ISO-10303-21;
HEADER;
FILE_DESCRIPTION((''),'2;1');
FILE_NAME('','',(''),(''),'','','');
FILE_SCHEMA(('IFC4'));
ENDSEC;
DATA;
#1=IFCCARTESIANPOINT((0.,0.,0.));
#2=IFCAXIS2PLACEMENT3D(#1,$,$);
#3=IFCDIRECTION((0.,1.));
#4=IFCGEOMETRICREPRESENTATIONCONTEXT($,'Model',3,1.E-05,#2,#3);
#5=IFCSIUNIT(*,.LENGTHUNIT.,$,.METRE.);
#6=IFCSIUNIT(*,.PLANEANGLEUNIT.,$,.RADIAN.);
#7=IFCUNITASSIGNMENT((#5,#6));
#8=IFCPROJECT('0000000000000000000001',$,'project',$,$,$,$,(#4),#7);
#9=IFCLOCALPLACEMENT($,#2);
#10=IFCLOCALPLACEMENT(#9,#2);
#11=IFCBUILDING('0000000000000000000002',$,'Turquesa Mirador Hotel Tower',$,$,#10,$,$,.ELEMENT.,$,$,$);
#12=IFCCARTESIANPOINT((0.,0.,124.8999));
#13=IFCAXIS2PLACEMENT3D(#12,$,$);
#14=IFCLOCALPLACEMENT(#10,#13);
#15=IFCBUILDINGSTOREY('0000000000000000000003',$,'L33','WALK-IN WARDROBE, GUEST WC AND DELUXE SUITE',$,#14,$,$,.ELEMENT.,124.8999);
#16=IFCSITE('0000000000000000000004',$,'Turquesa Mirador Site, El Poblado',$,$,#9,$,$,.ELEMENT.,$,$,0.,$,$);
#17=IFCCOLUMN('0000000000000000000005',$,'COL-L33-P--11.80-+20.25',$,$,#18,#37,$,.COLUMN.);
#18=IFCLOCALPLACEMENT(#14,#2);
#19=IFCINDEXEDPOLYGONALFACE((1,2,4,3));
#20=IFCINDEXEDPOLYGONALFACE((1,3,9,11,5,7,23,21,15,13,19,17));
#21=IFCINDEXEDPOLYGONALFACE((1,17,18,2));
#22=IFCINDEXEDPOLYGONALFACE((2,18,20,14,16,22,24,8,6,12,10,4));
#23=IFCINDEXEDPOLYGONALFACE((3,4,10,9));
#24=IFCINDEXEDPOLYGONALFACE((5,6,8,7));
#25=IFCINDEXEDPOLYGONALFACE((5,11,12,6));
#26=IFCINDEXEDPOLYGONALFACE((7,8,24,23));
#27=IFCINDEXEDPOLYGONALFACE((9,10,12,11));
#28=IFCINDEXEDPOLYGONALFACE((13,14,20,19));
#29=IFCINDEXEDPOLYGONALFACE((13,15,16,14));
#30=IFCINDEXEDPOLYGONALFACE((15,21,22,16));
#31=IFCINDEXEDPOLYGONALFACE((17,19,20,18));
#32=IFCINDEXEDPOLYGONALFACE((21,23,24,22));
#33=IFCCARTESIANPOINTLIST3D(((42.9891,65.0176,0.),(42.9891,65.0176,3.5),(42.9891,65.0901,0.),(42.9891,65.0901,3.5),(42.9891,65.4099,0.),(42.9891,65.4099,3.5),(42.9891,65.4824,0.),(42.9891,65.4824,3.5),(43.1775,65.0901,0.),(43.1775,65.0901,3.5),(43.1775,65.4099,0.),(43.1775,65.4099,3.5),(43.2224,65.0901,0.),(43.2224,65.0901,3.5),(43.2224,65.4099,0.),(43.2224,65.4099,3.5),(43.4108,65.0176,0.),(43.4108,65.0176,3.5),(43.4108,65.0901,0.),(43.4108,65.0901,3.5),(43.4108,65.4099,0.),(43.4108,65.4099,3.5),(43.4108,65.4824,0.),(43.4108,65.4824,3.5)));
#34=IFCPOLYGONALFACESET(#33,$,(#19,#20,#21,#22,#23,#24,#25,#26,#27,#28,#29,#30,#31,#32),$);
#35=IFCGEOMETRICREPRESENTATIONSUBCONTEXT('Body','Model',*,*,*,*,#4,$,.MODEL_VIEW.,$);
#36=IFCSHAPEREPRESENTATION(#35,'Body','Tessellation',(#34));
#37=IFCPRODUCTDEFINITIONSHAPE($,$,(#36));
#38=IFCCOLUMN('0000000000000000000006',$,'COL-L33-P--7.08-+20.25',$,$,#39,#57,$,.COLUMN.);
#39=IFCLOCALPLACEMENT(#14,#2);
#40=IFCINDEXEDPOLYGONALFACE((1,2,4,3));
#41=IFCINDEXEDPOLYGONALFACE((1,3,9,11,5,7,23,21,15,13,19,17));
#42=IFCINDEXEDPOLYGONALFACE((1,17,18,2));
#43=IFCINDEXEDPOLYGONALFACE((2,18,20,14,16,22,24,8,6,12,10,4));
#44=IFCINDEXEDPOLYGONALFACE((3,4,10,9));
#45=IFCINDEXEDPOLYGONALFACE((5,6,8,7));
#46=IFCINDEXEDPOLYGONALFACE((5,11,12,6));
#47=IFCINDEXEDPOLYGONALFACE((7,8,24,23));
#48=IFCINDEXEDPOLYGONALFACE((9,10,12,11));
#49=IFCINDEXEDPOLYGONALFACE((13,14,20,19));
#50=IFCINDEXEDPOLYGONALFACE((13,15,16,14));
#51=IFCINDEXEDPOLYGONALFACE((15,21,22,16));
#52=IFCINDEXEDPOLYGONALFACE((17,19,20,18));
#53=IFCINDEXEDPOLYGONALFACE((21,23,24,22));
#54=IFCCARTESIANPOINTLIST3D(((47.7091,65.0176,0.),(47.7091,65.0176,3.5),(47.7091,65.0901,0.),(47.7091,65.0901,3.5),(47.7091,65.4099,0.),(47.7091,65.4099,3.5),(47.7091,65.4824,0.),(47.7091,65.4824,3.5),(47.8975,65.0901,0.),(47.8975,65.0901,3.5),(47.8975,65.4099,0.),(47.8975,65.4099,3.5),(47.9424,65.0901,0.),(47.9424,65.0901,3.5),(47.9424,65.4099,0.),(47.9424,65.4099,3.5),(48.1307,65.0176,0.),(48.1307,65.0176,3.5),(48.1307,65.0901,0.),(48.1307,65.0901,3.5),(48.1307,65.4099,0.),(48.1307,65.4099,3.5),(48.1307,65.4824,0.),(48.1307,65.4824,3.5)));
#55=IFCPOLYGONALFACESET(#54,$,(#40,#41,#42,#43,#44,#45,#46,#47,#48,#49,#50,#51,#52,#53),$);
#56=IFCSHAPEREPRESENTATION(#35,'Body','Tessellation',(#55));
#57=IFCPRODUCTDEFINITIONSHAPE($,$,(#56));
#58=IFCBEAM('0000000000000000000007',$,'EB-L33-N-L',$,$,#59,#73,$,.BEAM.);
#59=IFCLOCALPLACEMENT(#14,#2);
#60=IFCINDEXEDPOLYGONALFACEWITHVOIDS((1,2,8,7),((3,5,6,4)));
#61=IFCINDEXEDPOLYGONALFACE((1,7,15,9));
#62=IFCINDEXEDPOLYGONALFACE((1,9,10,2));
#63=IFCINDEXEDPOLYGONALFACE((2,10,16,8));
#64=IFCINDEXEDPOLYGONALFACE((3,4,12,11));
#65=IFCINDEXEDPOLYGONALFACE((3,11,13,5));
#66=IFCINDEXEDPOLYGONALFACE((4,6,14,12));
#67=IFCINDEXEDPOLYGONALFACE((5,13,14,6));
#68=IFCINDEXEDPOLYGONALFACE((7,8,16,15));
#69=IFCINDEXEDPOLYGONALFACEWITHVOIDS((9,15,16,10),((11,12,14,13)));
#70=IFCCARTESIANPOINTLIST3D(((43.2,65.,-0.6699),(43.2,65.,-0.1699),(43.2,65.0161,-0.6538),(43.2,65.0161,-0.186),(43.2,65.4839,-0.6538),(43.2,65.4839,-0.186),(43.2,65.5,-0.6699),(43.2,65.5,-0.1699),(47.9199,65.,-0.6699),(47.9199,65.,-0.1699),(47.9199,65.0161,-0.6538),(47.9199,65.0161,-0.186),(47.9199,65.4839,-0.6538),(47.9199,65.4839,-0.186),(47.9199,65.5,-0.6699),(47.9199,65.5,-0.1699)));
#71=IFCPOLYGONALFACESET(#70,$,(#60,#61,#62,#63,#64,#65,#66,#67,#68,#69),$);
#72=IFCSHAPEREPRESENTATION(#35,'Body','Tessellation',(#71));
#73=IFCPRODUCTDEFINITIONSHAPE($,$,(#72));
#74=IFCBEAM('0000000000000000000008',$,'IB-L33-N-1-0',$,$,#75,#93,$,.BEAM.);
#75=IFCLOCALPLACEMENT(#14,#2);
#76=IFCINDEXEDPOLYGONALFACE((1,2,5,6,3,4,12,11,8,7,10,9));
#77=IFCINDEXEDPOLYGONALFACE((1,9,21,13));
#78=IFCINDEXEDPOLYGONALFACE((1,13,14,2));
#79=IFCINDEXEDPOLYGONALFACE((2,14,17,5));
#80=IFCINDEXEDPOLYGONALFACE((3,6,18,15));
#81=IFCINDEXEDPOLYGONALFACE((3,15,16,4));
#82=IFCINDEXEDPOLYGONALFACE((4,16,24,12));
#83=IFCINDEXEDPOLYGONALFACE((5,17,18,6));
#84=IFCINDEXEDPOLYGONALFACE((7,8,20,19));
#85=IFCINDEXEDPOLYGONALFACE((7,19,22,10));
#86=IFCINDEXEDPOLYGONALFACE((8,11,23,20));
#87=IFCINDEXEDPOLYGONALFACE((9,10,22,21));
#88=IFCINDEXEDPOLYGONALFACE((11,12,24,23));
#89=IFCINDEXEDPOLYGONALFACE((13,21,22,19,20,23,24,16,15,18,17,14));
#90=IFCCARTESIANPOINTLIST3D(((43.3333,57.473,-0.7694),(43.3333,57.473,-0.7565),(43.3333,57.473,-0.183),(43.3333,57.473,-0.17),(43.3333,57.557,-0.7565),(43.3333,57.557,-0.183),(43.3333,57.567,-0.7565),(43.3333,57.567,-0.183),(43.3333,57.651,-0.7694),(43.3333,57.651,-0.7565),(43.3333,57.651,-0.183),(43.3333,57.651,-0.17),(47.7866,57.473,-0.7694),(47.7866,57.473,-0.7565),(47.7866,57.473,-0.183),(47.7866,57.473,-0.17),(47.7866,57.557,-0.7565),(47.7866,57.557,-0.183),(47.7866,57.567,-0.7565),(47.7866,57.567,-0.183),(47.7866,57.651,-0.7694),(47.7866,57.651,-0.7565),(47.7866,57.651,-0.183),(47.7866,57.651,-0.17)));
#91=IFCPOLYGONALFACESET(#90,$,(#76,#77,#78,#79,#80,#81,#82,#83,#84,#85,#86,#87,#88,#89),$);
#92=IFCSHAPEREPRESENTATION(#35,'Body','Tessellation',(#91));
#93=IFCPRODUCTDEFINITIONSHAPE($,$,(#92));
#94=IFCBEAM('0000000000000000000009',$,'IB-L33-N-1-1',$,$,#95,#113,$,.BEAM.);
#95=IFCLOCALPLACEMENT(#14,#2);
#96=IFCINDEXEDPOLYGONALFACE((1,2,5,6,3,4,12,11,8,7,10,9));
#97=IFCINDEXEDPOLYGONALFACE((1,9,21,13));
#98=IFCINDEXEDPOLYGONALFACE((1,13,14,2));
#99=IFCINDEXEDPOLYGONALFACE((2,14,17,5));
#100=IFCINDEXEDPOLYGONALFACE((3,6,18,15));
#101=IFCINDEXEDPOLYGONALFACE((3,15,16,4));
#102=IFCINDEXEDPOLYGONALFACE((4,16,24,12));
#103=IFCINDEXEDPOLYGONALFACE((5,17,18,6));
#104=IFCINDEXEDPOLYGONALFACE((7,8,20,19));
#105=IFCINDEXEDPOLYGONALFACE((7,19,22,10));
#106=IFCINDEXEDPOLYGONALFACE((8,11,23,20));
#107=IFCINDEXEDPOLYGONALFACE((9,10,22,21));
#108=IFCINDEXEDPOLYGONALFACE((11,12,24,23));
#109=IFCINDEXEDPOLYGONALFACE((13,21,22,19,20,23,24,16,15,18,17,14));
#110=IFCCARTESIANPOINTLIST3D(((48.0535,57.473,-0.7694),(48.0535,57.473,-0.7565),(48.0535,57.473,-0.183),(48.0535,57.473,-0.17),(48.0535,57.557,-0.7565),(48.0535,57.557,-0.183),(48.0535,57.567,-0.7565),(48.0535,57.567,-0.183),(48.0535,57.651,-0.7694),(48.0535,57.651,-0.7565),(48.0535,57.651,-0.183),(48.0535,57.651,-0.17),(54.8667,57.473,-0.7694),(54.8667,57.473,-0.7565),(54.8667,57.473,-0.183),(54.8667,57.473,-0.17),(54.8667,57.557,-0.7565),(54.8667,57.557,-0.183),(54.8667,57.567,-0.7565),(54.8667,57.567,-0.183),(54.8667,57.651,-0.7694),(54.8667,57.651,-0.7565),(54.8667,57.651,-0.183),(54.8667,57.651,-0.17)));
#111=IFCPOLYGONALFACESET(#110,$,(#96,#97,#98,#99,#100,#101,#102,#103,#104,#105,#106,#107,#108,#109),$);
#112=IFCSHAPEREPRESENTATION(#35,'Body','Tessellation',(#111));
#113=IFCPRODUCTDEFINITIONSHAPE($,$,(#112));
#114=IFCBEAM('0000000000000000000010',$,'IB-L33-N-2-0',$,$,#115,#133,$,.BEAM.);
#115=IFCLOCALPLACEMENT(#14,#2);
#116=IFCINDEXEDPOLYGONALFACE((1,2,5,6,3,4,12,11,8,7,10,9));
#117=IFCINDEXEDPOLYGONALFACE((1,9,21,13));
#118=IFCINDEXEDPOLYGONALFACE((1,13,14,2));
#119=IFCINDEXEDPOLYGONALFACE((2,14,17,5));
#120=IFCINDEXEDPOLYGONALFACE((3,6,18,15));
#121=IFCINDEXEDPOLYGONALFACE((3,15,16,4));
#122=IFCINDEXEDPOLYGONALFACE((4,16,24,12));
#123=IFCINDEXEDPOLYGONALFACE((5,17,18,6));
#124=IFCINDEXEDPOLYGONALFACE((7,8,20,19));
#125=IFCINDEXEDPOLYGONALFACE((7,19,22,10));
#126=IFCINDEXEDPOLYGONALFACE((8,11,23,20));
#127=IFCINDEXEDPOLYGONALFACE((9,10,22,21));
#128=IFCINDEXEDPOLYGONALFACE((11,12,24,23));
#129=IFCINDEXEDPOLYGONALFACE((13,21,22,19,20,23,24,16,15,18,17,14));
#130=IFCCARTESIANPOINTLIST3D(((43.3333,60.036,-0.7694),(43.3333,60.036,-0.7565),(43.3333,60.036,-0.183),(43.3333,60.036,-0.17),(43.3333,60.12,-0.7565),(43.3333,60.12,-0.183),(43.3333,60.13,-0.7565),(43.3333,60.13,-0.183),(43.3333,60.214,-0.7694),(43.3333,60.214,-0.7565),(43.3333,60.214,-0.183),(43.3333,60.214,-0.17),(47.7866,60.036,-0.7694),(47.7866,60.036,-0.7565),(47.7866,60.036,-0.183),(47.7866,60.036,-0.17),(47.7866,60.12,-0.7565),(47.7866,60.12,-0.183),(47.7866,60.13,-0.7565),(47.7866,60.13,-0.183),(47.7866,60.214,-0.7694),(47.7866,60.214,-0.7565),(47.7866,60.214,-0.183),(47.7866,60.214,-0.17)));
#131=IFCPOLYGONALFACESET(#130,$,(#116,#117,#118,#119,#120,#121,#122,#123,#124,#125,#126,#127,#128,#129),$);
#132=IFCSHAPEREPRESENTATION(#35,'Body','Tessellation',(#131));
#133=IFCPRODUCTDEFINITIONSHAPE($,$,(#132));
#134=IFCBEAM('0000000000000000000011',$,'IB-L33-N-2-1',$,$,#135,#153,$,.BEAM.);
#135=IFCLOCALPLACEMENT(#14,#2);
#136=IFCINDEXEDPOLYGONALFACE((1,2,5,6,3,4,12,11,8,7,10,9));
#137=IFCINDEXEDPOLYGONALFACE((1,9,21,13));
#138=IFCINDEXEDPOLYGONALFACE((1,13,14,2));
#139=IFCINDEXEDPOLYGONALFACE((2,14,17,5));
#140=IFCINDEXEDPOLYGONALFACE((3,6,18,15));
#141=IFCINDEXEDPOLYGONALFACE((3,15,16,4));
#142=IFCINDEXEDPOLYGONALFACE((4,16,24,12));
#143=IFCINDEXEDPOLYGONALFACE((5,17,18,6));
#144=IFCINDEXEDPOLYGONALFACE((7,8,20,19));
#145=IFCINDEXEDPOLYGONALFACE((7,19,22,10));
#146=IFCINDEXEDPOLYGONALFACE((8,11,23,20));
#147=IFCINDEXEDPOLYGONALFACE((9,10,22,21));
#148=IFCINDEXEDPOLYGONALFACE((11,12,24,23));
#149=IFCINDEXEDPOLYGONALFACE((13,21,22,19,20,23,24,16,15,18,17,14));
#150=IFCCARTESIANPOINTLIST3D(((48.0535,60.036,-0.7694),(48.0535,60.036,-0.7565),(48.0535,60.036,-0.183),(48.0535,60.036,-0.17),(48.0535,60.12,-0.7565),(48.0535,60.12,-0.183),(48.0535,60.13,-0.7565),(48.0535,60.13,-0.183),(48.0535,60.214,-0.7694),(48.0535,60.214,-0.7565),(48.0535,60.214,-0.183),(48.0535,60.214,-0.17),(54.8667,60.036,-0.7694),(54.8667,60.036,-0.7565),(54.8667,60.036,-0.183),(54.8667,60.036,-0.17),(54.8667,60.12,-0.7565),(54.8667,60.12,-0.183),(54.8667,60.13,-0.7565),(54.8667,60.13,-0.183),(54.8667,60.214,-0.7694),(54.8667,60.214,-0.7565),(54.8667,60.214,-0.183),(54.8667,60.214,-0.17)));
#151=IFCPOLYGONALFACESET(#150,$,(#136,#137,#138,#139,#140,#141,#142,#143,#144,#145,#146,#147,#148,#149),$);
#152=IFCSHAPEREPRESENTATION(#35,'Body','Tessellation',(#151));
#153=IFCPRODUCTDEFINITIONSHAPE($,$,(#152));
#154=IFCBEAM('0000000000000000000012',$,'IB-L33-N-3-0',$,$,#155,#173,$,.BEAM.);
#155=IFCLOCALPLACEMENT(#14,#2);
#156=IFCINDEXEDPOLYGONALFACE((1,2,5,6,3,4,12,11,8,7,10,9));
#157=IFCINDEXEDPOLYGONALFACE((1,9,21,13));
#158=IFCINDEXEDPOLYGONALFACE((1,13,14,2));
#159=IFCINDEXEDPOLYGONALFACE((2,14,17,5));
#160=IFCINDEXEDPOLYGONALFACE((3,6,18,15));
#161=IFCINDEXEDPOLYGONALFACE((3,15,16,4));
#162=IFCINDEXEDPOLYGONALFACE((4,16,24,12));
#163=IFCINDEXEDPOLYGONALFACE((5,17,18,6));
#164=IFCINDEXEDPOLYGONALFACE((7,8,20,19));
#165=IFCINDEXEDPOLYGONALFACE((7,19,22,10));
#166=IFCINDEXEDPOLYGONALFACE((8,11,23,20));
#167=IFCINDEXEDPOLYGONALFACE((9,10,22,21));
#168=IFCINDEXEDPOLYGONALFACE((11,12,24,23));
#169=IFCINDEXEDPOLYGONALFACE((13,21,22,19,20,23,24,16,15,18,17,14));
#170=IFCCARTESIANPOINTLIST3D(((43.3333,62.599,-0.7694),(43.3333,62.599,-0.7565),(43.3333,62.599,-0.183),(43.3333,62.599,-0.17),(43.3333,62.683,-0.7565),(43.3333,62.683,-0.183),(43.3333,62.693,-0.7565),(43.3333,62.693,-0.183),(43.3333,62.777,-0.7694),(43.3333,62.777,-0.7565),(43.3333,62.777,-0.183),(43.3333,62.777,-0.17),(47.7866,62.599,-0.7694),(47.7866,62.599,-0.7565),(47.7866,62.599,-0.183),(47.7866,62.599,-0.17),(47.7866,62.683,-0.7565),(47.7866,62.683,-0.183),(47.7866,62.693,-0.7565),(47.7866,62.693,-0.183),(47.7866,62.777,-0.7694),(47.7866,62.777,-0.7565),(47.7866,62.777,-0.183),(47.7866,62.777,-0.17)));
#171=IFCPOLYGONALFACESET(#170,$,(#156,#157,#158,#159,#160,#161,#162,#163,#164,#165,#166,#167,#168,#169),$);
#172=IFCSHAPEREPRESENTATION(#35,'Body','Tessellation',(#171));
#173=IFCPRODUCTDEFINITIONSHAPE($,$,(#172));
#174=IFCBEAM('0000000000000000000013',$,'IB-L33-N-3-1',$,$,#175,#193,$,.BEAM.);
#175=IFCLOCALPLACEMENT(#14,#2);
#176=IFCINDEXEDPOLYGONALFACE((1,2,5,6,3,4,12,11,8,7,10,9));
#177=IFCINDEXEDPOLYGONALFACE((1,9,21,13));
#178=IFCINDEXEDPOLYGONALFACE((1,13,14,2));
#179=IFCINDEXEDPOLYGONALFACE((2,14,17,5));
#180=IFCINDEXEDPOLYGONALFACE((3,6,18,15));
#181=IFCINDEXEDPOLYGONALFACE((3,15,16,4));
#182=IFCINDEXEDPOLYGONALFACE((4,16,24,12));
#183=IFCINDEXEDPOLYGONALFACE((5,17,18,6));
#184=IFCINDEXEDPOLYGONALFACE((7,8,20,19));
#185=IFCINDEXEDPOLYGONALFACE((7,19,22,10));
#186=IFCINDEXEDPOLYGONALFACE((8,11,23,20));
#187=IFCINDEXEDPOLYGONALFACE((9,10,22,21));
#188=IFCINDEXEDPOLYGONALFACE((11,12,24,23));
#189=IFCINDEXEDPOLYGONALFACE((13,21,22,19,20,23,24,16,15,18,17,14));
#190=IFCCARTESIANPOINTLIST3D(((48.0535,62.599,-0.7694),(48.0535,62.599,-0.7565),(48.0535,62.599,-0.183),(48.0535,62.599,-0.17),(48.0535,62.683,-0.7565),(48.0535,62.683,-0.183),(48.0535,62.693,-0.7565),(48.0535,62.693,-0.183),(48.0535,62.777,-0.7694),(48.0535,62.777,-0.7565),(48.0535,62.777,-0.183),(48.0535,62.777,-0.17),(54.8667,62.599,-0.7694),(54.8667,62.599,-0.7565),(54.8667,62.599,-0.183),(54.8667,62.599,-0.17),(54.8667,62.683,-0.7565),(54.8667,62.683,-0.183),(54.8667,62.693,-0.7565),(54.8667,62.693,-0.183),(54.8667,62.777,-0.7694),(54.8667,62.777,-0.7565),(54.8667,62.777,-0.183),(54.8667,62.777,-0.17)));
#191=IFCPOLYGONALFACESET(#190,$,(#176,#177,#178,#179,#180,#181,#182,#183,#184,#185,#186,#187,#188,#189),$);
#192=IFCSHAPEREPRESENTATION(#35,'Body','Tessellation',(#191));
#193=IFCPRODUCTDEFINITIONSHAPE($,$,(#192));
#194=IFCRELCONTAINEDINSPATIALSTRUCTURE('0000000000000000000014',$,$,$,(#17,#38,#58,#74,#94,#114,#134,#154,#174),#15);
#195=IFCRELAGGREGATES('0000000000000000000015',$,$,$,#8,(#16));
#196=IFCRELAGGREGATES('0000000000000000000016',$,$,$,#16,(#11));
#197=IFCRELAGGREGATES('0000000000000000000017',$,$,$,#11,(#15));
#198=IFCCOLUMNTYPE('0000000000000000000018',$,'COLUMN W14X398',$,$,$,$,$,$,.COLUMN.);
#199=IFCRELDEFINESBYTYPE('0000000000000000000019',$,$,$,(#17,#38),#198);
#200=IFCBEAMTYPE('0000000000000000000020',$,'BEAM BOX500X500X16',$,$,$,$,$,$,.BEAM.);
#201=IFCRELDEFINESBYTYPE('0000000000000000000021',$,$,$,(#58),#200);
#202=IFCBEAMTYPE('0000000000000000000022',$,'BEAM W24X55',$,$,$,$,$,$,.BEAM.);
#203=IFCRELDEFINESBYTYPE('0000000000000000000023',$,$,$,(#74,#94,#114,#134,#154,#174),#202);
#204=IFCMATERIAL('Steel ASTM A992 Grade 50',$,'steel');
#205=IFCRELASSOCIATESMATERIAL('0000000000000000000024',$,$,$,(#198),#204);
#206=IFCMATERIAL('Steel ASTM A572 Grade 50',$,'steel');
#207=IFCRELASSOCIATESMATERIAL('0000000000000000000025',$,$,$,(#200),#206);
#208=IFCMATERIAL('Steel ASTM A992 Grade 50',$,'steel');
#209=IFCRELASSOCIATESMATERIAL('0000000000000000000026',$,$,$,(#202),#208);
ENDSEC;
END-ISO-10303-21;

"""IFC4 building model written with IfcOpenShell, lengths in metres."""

from ifc_helpers import new_model, si_unit, direction, frame, origin, origin_2d, place, context, subcontext, project, spatial, hollow_rectangle, i_section, extrude, material, material_profile, profile_set, type_object, element, save


model = new_model("IFC4")

# Units and contexts
model_context = context("Model", 3, precision=1e-05, world=origin(), true_north=direction((0.0, 1.0)))
body_context = subcontext(model_context, "Body", "Model", "MODEL_VIEW")
ifc_project = project(units=[si_unit("LENGTHUNIT", "METRE"), si_unit("PLANEANGLEUNIT", "RADIAN")], contexts=[model_context])

# Site, building, storey
site_placement = place(None, origin())
site = spatial("IfcSite", under=ifc_project, at=site_placement, Name="Turquesa Mirador Site, El Poblado", CompositionType="ELEMENT", RefElevation=0.0)
building_placement = place(site_placement, origin())
building = spatial("IfcBuilding", under=site, at=building_placement, Name="Turquesa Mirador Hotel Tower", CompositionType="ELEMENT")
storey_placement = place(building_placement, frame((0.0, 0.0, 124.8999)))
storey = spatial("IfcBuildingStorey", under=building, at=storey_placement, Name="L33", Description="WALK-IN WARDROBE, GUEST WC AND DELUXE SUITE", CompositionType="ELEMENT", Elevation=124.8999)

# Columns
ifc_material_1 = material(Name="Steel ASTM A992 Grade 50", Category="steel")
ifc_material_profile_1 = material_profile(ifc_material_1, i_section(OverallWidth=0.4216, OverallDepth=0.4648, WebThickness=0.0449, FlangeThickness=0.0725, at=origin_2d()), Name="W14X398")
ifc_profile_set_1 = profile_set([ifc_material_profile_1], Name="Steel ASTM A992 Grade 50")
column_type = type_object("IfcColumnType", Name="COLUMN W14X398", PredefinedType="COLUMN", material=ifc_profile_set_1)
for number, where, z_axis, x_axis, name in (
    (1, (43.2, 65.25, 0.0), (0.0, 0.0, 1.0), (1.0, 0.0, 0.0), "COL-L33-P--11.80-+20.25"),
    (2, (47.9199, 65.25, 0.0), (0.0, 0.0, 1.0), (1.0, 0.0, 0.0), "COL-L33-P--7.08-+20.25"),
):
    element("IfcColumn", number, at=place(storey_placement, frame(where, z_axis=z_axis, x_axis=x_axis)), inside=storey, type_object=column_type, Name=name, PredefinedType="COLUMN", context=body_context, shape_type="SweptSolid", body=[
        extrude(i_section(OverallWidth=0.4216, OverallDepth=0.4648, WebThickness=0.0449, FlangeThickness=0.0725, at=origin_2d()), origin(), (0.0, 0.0, 1.0), 3.5),
    ])

# Beams
ifc_material_2 = material(Name="Steel ASTM A572 Grade 50", Category="steel")
ifc_material_profile_2 = material_profile(ifc_material_2, hollow_rectangle(XDim=0.5, YDim=0.5, WallThickness=0.0161, at=origin_2d()), Name="BOX500X500X16")
ifc_profile_set_2 = profile_set([ifc_material_profile_2], Name="Steel ASTM A572 Grade 50")
beam_type_1 = type_object("IfcBeamType", Name="BEAM BOX500X500X16", PredefinedType="BEAM", material=ifc_profile_set_2)
beam_1_placement = place(storey_placement, frame((43.2, 65.25, -0.4199), z_axis=(1.0, 0.0, 0.0), x_axis=(0.0, 1.0, 0.0)))
element("IfcBeam", 3, at=beam_1_placement, inside=storey, type_object=beam_type_1, Name="EB-L33-N-L", PredefinedType="BEAM", context=body_context, shape_type="SweptSolid", body=[
    extrude(hollow_rectangle(XDim=0.5, YDim=0.5, WallThickness=0.0161, at=origin_2d()), origin(), (0.0, 0.0, 1.0), 4.72),
])
ifc_material_3 = material(Name="Steel ASTM A992 Grade 50", Category="steel")
ifc_material_profile_3 = material_profile(ifc_material_3, i_section(OverallWidth=0.178, OverallDepth=0.5994, WebThickness=0.01, FlangeThickness=0.0129, at=origin_2d()), Name="W24X55")
ifc_profile_set_3 = profile_set([ifc_material_profile_3], Name="Steel ASTM A992 Grade 50")
beam_type_2 = type_object("IfcBeamType", Name="BEAM W24X55", PredefinedType="BEAM", material=ifc_profile_set_3)
beam_2_placement = place(storey_placement, frame((43.3333, 57.562, -0.4697), z_axis=(1.0, 0.0, 0.0), x_axis=(0.0, 1.0, 0.0)))
element("IfcBeam", 4, at=beam_2_placement, inside=storey, type_object=beam_type_2, Name="IB-L33-N-1-0", PredefinedType="BEAM", context=body_context, shape_type="SweptSolid", body=[
    extrude(i_section(OverallWidth=0.178, OverallDepth=0.5994, WebThickness=0.01, FlangeThickness=0.0129, at=origin_2d()), origin(), (0.0, 0.0, 1.0), 4.4534),
])
beam_3_placement = place(storey_placement, frame((48.0535, 57.562, -0.4697), z_axis=(1.0, 0.0, 0.0), x_axis=(0.0, 1.0, 0.0)))
element("IfcBeam", 5, at=beam_3_placement, inside=storey, type_object=beam_type_2, Name="IB-L33-N-1-1", PredefinedType="BEAM", context=body_context, shape_type="SweptSolid", body=[
    extrude(i_section(OverallWidth=0.178, OverallDepth=0.5994, WebThickness=0.01, FlangeThickness=0.0129, at=origin_2d()), origin(), (0.0, 0.0, 1.0), 6.8132),
])
beam_4_placement = place(storey_placement, frame((43.3333, 60.125, -0.4697), z_axis=(1.0, 0.0, 0.0), x_axis=(0.0, 1.0, 0.0)))
element("IfcBeam", 6, at=beam_4_placement, inside=storey, type_object=beam_type_2, Name="IB-L33-N-2-0", PredefinedType="BEAM", context=body_context, shape_type="SweptSolid", body=[
    extrude(i_section(OverallWidth=0.178, OverallDepth=0.5994, WebThickness=0.01, FlangeThickness=0.0129, at=origin_2d()), origin(), (0.0, 0.0, 1.0), 4.4534),
])
beam_5_placement = place(storey_placement, frame((48.0535, 60.125, -0.4697), z_axis=(1.0, 0.0, 0.0), x_axis=(0.0, 1.0, 0.0)))
element("IfcBeam", 7, at=beam_5_placement, inside=storey, type_object=beam_type_2, Name="IB-L33-N-2-1", PredefinedType="BEAM", context=body_context, shape_type="SweptSolid", body=[
    extrude(i_section(OverallWidth=0.178, OverallDepth=0.5994, WebThickness=0.01, FlangeThickness=0.0129, at=origin_2d()), origin(), (0.0, 0.0, 1.0), 6.8132),
])
beam_6_placement = place(storey_placement, frame((43.3333, 62.688, -0.4697), z_axis=(1.0, 0.0, 0.0), x_axis=(0.0, 1.0, 0.0)))
element("IfcBeam", 8, at=beam_6_placement, inside=storey, type_object=beam_type_2, Name="IB-L33-N-3-0", PredefinedType="BEAM", context=body_context, shape_type="SweptSolid", body=[
    extrude(i_section(OverallWidth=0.178, OverallDepth=0.5994, WebThickness=0.01, FlangeThickness=0.0129, at=origin_2d()), origin(), (0.0, 0.0, 1.0), 4.4534),
])
beam_7_placement = place(storey_placement, frame((48.0535, 62.688, -0.4697), z_axis=(1.0, 0.0, 0.0), x_axis=(0.0, 1.0, 0.0)))
element("IfcBeam", 9, at=beam_7_placement, inside=storey, type_object=beam_type_2, Name="IB-L33-N-3-1", PredefinedType="BEAM", context=body_context, shape_type="SweptSolid", body=[
    extrude(i_section(OverallWidth=0.178, OverallDepth=0.5994, WebThickness=0.01, FlangeThickness=0.0129, at=origin_2d()), origin(), (0.0, 0.0, 1.0), 6.8132),
])

save(model, "model.ifc")
